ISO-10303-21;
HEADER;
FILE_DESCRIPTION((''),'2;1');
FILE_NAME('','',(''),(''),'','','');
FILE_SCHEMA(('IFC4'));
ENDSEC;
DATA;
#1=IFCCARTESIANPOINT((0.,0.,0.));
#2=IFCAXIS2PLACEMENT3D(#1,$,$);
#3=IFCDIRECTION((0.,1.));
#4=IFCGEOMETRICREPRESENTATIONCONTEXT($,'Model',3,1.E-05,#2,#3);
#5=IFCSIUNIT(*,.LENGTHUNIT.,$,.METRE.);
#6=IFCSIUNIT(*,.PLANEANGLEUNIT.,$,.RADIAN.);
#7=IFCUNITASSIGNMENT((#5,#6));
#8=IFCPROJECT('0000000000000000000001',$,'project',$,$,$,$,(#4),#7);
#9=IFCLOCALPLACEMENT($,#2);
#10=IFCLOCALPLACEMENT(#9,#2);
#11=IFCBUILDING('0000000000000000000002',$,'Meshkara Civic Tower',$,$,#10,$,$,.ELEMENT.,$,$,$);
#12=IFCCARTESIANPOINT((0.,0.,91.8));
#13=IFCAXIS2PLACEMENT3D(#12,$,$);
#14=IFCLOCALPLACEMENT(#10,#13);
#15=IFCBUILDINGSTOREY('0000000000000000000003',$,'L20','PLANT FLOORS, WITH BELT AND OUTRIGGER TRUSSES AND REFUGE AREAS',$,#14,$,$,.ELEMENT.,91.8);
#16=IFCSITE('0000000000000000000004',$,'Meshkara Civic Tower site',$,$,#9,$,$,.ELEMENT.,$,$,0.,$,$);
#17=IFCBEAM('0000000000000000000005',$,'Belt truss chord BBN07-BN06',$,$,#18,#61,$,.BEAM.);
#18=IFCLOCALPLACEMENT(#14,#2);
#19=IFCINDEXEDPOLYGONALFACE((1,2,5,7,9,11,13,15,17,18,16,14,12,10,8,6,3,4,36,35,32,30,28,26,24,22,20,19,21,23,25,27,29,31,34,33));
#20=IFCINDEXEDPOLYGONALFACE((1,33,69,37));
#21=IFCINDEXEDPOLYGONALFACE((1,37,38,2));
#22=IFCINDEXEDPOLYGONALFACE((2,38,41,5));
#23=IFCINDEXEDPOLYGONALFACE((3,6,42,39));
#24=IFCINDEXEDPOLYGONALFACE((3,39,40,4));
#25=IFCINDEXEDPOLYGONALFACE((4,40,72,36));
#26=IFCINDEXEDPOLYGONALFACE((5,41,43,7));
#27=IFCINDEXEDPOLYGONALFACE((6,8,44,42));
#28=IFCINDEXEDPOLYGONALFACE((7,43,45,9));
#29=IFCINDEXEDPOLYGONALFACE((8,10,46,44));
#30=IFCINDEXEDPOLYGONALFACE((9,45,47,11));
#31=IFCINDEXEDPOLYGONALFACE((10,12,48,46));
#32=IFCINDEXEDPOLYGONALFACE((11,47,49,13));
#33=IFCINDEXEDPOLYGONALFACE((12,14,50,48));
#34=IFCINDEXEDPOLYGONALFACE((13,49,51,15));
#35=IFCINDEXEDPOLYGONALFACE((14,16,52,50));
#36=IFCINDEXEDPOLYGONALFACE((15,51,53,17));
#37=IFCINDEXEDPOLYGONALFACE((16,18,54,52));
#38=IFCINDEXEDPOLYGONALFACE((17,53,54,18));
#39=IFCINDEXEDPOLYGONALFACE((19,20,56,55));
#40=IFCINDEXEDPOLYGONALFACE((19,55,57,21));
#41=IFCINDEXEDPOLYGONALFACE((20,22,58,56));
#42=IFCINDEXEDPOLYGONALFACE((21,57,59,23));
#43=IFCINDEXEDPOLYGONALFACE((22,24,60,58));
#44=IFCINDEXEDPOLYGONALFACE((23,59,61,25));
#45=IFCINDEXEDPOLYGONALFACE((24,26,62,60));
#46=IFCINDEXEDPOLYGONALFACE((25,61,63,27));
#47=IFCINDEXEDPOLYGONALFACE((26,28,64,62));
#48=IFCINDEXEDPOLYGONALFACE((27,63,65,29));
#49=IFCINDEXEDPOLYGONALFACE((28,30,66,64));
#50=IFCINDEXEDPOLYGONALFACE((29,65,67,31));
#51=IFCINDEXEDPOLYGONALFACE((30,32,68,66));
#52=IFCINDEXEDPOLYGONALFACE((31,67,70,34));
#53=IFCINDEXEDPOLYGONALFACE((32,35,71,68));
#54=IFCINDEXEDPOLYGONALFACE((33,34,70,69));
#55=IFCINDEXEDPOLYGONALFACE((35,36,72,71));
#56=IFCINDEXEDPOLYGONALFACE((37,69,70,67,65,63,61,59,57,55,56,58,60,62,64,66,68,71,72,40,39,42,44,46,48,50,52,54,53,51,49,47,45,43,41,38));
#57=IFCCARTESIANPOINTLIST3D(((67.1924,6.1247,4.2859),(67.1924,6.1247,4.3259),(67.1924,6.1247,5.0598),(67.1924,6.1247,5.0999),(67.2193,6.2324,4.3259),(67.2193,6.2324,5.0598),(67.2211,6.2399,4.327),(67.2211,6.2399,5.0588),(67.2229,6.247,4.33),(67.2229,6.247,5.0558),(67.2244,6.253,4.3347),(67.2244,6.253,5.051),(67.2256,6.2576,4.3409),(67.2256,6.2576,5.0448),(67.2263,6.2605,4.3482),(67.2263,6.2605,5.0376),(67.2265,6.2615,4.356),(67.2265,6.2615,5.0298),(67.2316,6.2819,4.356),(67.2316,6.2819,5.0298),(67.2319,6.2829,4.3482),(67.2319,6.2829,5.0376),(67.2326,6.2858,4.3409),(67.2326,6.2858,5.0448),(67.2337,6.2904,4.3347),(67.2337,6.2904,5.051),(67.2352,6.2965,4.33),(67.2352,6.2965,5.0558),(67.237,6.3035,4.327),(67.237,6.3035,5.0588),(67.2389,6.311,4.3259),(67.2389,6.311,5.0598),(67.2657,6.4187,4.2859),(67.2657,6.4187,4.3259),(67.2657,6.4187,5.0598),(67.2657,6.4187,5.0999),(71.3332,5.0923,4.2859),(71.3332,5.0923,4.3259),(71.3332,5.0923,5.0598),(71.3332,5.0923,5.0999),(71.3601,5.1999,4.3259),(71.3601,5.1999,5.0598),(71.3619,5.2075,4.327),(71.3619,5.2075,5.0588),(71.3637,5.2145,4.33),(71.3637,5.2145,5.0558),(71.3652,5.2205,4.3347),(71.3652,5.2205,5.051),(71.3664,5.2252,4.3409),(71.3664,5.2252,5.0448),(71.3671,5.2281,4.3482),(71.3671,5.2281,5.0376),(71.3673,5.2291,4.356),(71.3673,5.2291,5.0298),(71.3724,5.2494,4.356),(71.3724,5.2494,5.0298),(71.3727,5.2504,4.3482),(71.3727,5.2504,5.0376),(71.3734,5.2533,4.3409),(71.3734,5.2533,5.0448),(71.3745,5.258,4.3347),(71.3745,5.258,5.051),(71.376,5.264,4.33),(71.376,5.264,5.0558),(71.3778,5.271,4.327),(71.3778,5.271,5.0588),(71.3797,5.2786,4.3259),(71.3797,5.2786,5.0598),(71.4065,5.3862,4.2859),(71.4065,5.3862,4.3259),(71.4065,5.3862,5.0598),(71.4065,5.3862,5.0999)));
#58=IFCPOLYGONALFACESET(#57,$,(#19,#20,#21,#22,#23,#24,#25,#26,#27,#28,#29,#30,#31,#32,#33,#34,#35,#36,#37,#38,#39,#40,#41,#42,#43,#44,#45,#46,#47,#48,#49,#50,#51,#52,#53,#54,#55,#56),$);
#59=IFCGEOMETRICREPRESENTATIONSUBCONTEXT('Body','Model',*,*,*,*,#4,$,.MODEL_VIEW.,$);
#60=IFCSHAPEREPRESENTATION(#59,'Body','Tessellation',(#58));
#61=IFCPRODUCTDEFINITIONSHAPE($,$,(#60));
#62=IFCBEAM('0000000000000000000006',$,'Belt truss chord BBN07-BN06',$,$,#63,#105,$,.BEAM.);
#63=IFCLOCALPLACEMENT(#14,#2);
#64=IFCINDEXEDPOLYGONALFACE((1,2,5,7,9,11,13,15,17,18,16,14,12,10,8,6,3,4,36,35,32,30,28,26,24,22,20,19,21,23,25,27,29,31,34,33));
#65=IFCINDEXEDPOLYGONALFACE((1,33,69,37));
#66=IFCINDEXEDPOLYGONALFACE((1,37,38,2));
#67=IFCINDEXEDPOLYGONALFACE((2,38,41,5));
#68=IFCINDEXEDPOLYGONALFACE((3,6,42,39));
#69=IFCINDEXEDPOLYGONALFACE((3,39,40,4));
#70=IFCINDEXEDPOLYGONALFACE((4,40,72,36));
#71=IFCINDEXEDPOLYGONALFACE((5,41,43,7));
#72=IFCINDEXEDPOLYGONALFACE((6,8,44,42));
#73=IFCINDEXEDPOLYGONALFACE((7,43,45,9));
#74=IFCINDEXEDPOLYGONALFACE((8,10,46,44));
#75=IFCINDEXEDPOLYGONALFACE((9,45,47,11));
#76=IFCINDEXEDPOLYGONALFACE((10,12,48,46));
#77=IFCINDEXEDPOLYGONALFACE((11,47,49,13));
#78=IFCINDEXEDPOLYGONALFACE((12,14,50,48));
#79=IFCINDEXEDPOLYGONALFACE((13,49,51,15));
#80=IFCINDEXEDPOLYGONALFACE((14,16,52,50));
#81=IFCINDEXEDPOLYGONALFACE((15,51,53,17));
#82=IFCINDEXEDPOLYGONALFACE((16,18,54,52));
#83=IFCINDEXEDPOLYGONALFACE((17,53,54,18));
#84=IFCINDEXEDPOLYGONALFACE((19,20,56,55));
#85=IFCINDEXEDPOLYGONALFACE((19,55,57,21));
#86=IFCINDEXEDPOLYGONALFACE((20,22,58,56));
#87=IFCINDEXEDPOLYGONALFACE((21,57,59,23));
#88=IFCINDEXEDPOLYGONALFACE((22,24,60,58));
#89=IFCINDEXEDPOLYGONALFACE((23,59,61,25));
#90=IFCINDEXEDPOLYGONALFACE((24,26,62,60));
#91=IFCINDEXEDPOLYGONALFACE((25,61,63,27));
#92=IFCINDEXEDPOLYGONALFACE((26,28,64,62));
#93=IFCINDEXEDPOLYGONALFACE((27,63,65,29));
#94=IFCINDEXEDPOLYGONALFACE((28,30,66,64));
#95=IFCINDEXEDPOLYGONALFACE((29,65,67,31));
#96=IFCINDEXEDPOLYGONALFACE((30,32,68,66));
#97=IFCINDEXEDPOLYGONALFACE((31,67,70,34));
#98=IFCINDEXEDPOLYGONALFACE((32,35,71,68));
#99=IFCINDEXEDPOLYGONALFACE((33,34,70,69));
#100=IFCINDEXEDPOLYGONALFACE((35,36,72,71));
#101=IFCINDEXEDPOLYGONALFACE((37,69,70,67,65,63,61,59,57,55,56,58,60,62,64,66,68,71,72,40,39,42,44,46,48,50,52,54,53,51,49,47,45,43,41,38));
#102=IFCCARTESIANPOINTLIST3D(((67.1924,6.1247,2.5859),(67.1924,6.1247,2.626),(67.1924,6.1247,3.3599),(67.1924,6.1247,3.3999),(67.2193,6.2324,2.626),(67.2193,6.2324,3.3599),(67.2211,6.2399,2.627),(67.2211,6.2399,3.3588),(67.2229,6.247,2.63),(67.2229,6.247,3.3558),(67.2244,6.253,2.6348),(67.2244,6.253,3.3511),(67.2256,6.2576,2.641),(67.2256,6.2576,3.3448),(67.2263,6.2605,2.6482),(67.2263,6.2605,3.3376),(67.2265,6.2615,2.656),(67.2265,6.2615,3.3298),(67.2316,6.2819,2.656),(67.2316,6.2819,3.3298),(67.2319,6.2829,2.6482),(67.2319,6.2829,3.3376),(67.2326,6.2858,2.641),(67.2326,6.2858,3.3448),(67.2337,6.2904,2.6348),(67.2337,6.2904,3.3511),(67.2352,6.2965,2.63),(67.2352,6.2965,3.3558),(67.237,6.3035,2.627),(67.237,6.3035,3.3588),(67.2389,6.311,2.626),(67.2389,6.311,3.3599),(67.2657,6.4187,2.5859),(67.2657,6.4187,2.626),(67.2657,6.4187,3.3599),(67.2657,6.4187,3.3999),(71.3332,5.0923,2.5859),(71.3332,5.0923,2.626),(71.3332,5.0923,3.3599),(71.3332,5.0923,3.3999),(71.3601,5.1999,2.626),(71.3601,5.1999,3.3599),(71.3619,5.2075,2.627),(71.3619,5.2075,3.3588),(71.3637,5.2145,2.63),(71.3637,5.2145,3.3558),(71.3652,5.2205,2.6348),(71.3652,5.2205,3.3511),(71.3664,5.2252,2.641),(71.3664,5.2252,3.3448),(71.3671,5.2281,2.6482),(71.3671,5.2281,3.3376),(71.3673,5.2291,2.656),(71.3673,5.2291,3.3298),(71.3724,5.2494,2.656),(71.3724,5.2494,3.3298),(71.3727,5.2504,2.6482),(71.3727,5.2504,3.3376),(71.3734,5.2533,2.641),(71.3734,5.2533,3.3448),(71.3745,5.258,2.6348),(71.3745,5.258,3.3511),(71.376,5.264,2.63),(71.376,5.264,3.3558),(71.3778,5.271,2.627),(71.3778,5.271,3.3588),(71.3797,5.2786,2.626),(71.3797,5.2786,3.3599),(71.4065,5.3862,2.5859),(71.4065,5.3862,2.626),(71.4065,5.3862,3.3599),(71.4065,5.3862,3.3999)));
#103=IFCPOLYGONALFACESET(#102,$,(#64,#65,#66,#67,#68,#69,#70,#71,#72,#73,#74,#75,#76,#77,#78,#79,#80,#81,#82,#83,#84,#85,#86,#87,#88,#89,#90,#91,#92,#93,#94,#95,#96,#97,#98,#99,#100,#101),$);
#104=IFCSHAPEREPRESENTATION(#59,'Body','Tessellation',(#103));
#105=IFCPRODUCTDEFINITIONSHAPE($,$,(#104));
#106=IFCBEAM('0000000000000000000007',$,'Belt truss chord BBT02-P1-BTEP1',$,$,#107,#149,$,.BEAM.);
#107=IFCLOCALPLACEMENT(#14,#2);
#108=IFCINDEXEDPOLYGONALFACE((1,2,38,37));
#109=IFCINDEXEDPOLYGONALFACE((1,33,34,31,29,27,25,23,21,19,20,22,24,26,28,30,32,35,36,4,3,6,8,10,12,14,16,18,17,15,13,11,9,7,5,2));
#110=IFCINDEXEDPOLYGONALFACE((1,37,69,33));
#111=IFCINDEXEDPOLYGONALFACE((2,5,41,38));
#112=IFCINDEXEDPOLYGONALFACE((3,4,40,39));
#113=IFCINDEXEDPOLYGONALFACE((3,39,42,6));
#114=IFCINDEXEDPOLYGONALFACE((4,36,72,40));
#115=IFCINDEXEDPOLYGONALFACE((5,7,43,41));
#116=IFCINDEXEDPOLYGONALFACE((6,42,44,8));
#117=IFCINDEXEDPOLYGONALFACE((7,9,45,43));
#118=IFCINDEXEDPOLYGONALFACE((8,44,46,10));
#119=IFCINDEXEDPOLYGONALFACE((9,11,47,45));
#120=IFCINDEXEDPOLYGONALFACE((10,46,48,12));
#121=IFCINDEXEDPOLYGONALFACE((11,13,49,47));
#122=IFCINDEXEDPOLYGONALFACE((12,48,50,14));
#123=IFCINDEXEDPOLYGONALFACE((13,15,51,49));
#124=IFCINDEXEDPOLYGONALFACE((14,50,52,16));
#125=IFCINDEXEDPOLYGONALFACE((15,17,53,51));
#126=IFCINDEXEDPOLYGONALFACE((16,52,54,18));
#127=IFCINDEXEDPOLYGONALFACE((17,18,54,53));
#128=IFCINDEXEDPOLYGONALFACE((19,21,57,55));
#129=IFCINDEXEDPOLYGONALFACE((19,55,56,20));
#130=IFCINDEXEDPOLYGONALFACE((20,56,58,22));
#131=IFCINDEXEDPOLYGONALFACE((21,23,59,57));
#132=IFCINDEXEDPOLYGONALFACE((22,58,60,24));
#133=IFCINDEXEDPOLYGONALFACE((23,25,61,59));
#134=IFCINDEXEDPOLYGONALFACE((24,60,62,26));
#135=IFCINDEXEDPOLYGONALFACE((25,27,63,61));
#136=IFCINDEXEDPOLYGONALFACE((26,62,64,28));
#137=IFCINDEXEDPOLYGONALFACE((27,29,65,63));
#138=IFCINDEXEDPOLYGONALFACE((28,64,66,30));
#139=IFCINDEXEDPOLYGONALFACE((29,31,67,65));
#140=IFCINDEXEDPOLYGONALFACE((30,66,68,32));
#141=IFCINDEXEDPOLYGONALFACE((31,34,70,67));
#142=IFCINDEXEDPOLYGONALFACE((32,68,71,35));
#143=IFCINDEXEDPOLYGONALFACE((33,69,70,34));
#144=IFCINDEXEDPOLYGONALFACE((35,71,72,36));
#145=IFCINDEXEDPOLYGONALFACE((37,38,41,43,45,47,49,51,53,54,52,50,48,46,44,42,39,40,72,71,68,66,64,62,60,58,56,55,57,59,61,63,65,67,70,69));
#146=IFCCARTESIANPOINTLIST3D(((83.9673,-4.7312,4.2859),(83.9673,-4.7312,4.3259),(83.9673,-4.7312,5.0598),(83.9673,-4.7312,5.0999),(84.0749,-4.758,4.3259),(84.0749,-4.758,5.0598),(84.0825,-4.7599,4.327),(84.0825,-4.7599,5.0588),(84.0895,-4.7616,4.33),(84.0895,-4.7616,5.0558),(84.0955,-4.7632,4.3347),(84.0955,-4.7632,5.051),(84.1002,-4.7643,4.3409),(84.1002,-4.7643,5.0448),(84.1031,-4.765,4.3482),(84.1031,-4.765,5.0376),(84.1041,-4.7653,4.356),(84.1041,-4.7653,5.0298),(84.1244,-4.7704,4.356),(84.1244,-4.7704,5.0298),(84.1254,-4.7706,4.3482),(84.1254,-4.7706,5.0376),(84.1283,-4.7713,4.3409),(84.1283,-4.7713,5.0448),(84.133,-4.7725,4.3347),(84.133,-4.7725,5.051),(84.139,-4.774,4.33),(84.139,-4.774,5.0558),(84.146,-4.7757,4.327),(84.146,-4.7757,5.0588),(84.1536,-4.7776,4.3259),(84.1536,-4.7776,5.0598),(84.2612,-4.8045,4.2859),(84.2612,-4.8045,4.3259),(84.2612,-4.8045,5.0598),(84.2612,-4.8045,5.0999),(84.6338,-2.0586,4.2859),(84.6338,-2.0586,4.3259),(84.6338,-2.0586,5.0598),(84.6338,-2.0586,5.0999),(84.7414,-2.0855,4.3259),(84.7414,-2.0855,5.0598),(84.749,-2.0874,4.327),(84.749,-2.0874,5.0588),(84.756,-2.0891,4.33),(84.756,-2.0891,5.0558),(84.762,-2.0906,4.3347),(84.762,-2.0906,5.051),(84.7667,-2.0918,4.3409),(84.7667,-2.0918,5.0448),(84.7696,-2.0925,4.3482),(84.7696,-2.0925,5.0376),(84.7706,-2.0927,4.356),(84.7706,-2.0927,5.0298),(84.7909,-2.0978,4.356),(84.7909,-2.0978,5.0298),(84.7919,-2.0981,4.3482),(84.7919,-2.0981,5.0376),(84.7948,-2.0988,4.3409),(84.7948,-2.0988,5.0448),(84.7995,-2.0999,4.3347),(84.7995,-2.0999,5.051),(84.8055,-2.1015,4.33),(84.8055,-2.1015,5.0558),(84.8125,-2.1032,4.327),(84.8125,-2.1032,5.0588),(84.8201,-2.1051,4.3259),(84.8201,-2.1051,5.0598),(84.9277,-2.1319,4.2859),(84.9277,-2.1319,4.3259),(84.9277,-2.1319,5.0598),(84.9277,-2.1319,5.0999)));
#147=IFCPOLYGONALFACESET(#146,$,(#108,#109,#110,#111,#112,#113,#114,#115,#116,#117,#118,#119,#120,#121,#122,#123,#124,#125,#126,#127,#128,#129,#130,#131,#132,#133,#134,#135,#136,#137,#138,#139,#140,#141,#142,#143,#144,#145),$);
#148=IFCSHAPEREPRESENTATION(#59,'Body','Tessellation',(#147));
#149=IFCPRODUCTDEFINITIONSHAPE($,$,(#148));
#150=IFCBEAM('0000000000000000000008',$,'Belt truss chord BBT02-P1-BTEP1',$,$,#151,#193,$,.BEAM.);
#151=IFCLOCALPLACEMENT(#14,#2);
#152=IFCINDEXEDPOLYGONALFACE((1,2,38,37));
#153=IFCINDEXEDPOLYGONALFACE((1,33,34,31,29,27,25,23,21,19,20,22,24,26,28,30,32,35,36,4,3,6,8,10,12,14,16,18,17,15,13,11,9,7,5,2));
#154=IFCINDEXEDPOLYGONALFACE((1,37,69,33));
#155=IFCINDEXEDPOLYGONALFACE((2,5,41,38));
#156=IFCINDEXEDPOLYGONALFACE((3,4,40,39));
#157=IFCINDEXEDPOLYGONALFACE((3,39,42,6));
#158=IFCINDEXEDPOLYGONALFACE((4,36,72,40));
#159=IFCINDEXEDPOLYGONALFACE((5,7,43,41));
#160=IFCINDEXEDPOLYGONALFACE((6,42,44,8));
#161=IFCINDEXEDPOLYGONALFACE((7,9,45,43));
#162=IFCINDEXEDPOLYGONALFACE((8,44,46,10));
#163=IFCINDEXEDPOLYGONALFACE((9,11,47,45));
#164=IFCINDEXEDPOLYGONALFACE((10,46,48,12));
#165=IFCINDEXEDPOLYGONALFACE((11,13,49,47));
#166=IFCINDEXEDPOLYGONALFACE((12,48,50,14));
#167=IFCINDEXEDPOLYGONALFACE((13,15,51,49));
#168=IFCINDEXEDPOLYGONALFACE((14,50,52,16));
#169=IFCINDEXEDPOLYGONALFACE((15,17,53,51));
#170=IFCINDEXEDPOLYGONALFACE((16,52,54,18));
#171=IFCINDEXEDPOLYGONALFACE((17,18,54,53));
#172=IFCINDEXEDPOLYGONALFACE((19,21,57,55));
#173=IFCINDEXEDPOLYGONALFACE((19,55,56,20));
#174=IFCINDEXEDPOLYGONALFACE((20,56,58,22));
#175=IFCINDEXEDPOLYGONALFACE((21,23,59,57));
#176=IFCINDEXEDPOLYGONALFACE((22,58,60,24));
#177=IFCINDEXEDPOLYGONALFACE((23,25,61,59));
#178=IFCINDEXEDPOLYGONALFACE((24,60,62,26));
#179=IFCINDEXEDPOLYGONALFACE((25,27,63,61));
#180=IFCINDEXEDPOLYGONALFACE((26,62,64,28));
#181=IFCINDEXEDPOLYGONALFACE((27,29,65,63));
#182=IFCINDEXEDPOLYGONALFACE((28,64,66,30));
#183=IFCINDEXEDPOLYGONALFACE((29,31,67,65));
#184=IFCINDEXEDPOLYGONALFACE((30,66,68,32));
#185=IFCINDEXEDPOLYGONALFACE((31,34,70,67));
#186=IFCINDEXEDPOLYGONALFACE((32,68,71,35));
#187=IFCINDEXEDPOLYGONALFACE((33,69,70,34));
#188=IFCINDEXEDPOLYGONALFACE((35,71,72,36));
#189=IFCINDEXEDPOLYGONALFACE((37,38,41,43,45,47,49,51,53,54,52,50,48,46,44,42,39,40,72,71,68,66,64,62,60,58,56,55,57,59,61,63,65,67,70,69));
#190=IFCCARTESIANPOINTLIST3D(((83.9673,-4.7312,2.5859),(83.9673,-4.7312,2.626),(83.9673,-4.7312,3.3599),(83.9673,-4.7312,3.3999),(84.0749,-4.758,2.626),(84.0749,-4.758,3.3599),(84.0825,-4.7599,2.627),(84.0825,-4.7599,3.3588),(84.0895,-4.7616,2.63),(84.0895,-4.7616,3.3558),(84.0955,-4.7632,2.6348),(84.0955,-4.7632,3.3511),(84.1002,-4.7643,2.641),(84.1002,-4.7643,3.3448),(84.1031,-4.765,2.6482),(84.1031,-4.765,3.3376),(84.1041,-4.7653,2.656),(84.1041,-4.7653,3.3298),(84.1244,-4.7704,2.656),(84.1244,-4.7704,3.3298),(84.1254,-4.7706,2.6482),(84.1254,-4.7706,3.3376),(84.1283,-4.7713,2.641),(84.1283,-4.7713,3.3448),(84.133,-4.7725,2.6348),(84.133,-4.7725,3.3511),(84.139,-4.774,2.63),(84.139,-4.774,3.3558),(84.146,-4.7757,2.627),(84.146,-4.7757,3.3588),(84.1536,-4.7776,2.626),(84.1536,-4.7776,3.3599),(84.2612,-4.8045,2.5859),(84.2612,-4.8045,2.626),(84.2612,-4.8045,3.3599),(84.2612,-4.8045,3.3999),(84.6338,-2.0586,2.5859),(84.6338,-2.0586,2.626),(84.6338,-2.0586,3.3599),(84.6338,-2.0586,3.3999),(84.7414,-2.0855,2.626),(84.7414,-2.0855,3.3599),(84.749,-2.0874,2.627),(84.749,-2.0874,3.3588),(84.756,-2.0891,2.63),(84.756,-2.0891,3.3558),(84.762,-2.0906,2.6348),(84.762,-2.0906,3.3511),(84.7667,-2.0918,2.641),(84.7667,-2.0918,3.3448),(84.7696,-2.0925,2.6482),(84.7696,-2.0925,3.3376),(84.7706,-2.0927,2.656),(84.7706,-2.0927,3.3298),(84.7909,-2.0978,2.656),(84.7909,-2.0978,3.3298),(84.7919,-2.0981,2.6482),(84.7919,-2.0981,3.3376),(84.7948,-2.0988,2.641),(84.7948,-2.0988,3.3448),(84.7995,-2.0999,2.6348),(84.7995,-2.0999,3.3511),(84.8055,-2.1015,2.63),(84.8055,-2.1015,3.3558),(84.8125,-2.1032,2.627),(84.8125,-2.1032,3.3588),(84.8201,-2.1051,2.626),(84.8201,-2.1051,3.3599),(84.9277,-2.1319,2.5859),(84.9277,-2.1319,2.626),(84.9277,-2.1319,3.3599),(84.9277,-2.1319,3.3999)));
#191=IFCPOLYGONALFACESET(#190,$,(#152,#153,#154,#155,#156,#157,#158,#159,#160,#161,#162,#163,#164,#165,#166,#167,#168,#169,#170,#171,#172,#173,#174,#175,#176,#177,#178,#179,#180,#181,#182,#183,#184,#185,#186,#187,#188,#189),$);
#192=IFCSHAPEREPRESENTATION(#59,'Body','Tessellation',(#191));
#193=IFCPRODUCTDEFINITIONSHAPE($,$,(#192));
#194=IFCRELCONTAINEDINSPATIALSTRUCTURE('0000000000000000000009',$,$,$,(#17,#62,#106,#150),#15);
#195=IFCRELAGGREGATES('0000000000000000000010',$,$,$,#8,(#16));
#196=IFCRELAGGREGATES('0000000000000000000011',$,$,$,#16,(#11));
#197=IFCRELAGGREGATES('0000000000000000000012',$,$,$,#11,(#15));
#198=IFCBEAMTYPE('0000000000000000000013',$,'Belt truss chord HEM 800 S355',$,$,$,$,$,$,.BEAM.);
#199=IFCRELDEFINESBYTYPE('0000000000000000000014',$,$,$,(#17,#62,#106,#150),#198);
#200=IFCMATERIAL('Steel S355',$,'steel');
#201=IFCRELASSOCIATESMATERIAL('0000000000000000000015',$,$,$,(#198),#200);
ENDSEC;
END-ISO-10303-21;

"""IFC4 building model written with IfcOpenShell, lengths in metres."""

from ifc_helpers import new_model, si_unit, direction, frame, origin, origin_2d, place, context, subcontext, project, spatial, i_section, extrude, material, material_profile, profile_set, type_object, element, save


model = new_model("IFC4")

# Units and contexts
model_context = context("Model", 3, precision=1e-05, world=origin(), true_north=direction((0.0, 1.0)))
body_context = subcontext(model_context, "Body", "Model", "MODEL_VIEW")
ifc_project = project(units=[si_unit("LENGTHUNIT", "METRE"), si_unit("PLANEANGLEUNIT", "RADIAN")], contexts=[model_context])

# Site, building, storey
site_placement = place(None, origin())
site = spatial("IfcSite", under=ifc_project, at=site_placement, Name="Meshkara Civic Tower site", CompositionType="ELEMENT", RefElevation=0.0)
building_placement = place(site_placement, origin())
building = spatial("IfcBuilding", under=site, at=building_placement, Name="Meshkara Civic Tower", CompositionType="ELEMENT")
storey_placement = place(building_placement, frame((0.0, 0.0, 91.8)))
storey = spatial("IfcBuildingStorey", under=building, at=storey_placement, Name="L20", Description="PLANT FLOORS, WITH BELT AND OUTRIGGER TRUSSES AND REFUGE AREAS", CompositionType="ELEMENT", Elevation=91.8)

# Beams
ifc_material_1 = material(Name="Steel S355", Category="steel")
ifc_material_profile_1 = material_profile(ifc_material_1, i_section(OverallWidth=0.303, OverallDepth=0.814, WebThickness=0.021, FlangeThickness=0.04, FilletRadius=0.03, at=origin_2d()))
ifc_profile_set_1 = profile_set([ifc_material_profile_1], Name="Steel S355")
beam_type = type_object("IfcBeamType", Name="Belt truss chord HEM 800 S355", PredefinedType="BEAM", material=ifc_profile_set_1)
for number, where, z_axis, x_axis, name in (
    (1, (71.3699, 5.2393, 4.6929), (-0.970294, 0.24193, 0.0), (-0.24193, -0.970294, 0.0), "Belt truss chord BBN07-BN06"),
    (2, (71.3699, 5.2393, 2.9929), (-0.970294, 0.24193, 0.0), (-0.24193, -0.970294, 0.0), "Belt truss chord BBN07-BN06"),
):
    element("IfcBeam", number, at=place(storey_placement, frame(where, z_axis=z_axis, x_axis=x_axis)), inside=storey, type_object=beam_type, Name=name, PredefinedType="BEAM", context=body_context, shape_type="SweptSolid", body=[
        extrude(i_section(OverallWidth=0.303, OverallDepth=0.814, WebThickness=0.021, FlangeThickness=0.04, FilletRadius=0.03, at=origin_2d()), origin(), (0.0, 0.0, 1.0), 4.2676),
    ])
for number, where, z_axis, x_axis, name in (
    (3, (84.1143, -4.7678, 4.6929), (0.241972, 0.970283, 0.0), (-0.970283, 0.241972, 0.0), "Belt truss chord BBT02-P1-BTEP1"),
    (4, (84.1143, -4.7678, 2.9929), (0.241972, 0.970283, 0.0), (-0.970283, 0.241972, 0.0), "Belt truss chord BBT02-P1-BTEP1"),
):
    element("IfcBeam", number, at=place(storey_placement, frame(where, z_axis=z_axis, x_axis=x_axis)), inside=storey, type_object=beam_type, Name=name, PredefinedType="BEAM", context=body_context, shape_type="SweptSolid", body=[
        extrude(i_section(OverallWidth=0.303, OverallDepth=0.814, WebThickness=0.021, FlangeThickness=0.04, FilletRadius=0.03, at=origin_2d()), origin(), (0.0, 0.0, 1.0), 2.7544),
    ])

save(model, "model.ifc")
